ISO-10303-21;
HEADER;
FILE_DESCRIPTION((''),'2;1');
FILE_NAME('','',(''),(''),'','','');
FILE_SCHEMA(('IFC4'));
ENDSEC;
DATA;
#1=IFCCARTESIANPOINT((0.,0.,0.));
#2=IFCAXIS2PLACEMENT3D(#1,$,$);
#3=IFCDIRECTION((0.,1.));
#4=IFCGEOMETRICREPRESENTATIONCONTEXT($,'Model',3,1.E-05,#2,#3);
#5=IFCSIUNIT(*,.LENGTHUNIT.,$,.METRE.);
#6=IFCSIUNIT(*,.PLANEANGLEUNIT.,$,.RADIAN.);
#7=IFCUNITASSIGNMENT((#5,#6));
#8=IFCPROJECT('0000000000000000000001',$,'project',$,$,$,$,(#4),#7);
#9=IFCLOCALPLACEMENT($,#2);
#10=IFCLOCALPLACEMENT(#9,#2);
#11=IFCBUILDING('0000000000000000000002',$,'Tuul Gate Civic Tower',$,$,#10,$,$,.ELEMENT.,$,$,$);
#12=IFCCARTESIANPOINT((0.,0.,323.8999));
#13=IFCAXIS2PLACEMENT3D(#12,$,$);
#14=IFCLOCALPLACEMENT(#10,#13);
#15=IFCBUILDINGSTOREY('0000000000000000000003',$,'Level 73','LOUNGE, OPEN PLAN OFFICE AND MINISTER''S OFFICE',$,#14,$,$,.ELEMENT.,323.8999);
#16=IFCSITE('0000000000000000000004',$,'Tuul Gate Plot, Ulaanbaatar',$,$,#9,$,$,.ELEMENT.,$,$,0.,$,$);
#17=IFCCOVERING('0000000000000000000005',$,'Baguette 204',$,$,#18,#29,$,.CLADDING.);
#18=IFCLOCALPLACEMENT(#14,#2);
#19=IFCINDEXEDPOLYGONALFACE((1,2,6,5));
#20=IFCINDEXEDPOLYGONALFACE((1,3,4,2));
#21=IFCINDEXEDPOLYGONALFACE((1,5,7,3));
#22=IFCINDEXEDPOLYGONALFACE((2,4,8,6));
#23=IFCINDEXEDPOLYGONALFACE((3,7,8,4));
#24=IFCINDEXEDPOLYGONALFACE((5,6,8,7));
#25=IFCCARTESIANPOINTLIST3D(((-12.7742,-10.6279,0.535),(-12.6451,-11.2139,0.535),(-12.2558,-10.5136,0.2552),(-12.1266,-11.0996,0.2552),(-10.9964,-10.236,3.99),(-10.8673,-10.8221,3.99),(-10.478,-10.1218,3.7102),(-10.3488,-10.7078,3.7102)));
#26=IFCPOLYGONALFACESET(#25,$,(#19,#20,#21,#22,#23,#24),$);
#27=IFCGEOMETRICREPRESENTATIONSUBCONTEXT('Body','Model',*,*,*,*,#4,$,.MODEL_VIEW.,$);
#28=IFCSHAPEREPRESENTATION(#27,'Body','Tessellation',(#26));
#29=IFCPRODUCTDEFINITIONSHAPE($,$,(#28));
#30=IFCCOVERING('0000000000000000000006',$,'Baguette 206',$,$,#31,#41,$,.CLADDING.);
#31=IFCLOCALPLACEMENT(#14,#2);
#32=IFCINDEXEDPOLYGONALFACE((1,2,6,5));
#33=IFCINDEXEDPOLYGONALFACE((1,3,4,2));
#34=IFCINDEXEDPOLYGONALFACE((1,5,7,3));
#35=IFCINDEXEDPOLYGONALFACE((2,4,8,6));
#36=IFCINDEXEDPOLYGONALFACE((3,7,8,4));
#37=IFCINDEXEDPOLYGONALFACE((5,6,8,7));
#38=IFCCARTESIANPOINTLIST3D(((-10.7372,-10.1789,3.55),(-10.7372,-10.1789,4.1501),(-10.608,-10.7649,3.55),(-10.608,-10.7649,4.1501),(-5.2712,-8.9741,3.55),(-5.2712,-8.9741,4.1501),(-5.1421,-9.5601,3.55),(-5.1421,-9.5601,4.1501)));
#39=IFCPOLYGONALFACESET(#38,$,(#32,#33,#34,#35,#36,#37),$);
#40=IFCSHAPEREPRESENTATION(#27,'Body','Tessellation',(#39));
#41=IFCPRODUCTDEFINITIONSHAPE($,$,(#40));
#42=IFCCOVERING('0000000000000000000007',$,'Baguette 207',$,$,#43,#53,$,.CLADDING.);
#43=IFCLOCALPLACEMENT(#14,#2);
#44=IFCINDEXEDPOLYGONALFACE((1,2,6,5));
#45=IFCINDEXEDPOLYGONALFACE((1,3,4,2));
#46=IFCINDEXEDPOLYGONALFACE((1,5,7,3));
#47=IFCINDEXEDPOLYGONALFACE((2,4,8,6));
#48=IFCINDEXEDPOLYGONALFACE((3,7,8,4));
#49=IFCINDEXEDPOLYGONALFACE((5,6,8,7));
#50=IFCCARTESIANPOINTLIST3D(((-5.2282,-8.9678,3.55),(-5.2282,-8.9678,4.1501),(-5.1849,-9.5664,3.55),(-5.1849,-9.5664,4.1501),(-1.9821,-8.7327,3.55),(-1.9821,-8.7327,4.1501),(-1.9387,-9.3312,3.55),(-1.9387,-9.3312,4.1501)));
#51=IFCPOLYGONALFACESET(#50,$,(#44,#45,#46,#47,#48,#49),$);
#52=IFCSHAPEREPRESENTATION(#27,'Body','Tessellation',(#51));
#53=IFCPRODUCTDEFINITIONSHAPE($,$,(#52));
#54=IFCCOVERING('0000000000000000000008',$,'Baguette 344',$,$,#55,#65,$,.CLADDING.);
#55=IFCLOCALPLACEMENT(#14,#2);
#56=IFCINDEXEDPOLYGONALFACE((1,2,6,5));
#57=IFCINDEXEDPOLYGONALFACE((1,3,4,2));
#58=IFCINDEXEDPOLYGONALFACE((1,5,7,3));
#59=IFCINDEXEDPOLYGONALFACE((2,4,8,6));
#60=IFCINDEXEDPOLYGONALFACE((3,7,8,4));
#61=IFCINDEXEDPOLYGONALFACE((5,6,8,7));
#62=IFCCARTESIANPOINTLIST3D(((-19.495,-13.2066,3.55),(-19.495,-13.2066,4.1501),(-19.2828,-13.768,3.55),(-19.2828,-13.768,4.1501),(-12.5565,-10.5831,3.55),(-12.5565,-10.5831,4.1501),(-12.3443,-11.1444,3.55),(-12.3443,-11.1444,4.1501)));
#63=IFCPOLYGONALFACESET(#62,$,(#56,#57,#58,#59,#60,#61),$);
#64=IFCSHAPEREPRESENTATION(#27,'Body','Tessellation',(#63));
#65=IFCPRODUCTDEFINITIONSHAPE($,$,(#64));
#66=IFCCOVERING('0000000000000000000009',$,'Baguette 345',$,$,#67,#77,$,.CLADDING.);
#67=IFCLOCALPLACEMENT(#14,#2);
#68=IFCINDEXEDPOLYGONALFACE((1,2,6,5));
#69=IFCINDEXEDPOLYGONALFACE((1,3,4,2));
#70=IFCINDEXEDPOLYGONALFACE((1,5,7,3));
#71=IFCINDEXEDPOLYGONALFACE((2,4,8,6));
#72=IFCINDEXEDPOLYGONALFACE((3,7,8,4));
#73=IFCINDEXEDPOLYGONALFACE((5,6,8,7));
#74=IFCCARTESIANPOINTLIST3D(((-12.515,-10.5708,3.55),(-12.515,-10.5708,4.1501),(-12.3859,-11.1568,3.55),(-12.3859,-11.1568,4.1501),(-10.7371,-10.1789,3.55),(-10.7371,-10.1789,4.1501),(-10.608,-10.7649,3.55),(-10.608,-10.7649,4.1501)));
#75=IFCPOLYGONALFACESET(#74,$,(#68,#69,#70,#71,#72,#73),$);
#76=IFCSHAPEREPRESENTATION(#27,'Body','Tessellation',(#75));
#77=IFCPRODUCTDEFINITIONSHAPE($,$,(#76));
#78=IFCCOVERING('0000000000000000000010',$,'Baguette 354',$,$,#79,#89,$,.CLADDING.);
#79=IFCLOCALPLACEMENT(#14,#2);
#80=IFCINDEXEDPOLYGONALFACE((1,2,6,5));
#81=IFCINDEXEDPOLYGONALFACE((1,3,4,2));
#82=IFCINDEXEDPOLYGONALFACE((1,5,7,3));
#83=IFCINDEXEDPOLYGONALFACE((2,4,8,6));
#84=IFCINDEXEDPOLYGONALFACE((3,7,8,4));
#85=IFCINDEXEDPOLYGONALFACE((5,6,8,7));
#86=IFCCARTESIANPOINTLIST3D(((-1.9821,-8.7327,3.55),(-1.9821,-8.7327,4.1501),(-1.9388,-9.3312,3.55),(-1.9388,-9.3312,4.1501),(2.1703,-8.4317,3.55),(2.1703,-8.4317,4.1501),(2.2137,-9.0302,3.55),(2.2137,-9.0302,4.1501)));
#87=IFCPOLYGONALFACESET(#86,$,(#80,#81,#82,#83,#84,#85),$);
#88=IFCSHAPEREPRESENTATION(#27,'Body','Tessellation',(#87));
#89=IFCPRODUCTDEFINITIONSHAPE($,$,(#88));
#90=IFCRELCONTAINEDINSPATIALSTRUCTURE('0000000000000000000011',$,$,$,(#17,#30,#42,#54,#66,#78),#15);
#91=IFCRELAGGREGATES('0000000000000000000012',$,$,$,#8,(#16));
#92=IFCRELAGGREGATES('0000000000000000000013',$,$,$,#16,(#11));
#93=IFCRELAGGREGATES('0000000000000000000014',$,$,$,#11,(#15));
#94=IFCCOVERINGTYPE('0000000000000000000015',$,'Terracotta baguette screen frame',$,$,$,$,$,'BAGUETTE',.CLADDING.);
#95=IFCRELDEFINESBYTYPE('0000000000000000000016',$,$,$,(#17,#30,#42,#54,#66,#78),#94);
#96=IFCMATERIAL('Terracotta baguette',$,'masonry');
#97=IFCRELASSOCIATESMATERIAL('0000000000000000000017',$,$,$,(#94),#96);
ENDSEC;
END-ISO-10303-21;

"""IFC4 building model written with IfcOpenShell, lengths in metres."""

from ifc_helpers import new_model, si_unit, direction, frame, origin, origin_2d, place, context, subcontext, project, spatial, rectangle, extrude, material, material_profile, profile_set, type_object, element, save


model = new_model("IFC4")

# Units and contexts
model_context = context("Model", 3, precision=1e-05, world=origin(), true_north=direction((0.0, 1.0)))
body_context = subcontext(model_context, "Body", "Model", "MODEL_VIEW")
ifc_project = project(units=[si_unit("LENGTHUNIT", "METRE"), si_unit("PLANEANGLEUNIT", "RADIAN")], contexts=[model_context])

# Site, building, storey
site_placement = place(None, origin())
site = spatial("IfcSite", under=ifc_project, at=site_placement, Name="Tuul Gate Plot, Ulaanbaatar", CompositionType="ELEMENT", RefElevation=0.0)
building_placement = place(site_placement, origin())
building = spatial("IfcBuilding", under=site, at=building_placement, Name="Tuul Gate Civic Tower", CompositionType="ELEMENT")
storey_placement = place(building_placement, frame((0.0, 0.0, 323.8999)))
storey = spatial("IfcBuildingStorey", under=building, at=storey_placement, Name="Level 73", Description="LOUNGE, OPEN PLAN OFFICE AND MINISTER'S OFFICE", CompositionType="ELEMENT", Elevation=323.8999)

# Coverings
ifc_material_1 = material(Name="Terracotta baguette", Category="masonry")
ifc_material_profile_1 = material_profile(ifc_material_1, rectangle(XDim=0.6001, YDim=0.6001, at=origin_2d()), Name="Terracotta baguette screen frame")
ifc_profile_set_1 = profile_set([ifc_material_profile_1], Name="Terracotta baguette")
covering_type = type_object("IfcCoveringType", Name="Terracotta baguette screen frame", ElementType="BAGUETTE", PredefinedType="CLADDING", material=ifc_profile_set_1)
covering_1_placement = place(storey_placement, frame((-10.6726, -10.4719, 3.8501), z_axis=(-0.455229, -0.100335, -0.884703), x_axis=(0.21524, -0.976561, 0.0)))
element("IfcCovering", 1, at=covering_1_placement, inside=storey, type_object=covering_type, Name="Baguette 204", PredefinedType="CLADDING", context=body_context, shape_type="SweptSolid", body=[
    extrude(rectangle(XDim=0.6001, YDim=0.6001, at=origin_2d()), origin(), (0.0, 0.0, 1.0), 3.9053),
])
covering_2_placement = place(storey_placement, frame((-10.6726, -10.4719, 3.8501), z_axis=(0.976558, 0.215254, 0.0), x_axis=(-0.215254, 0.976558, 0.0)))
element("IfcCovering", 2, at=covering_2_placement, inside=storey, type_object=covering_type, Name="Baguette 206", PredefinedType="CLADDING", context=body_context, shape_type="SweptSolid", body=[
    extrude(rectangle(XDim=0.6001, YDim=0.6001, at=origin_2d()), origin(), (0.0, 0.0, 1.0), 5.5972),
])
covering_3_placement = place(storey_placement, frame((-5.2065, -9.2671, 3.8501), z_axis=(0.997387, 0.072239, 0.0), x_axis=(-0.072239, 0.997387, 0.0)))
element("IfcCovering", 3, at=covering_3_placement, inside=storey, type_object=covering_type, Name="Baguette 207", PredefinedType="CLADDING", context=body_context, shape_type="SweptSolid", body=[
    extrude(rectangle(XDim=0.6001, YDim=0.6001, at=origin_2d()), origin(), (0.0, 0.0, 1.0), 3.2546),
])
covering_4_placement = place(storey_placement, frame((-19.3889, -13.4873, 3.8501), z_axis=(0.935368, 0.353676, 0.0), x_axis=(-0.353676, 0.935368, 0.0)))
element("IfcCovering", 4, at=covering_4_placement, inside=storey, type_object=covering_type, Name="Baguette 344", PredefinedType="CLADDING", context=body_context, shape_type="SweptSolid", body=[
    extrude(rectangle(XDim=0.6001, YDim=0.6001, at=origin_2d()), origin(), (0.0, 0.0, 1.0), 7.418),
])
covering_5_placement = place(storey_placement, frame((-12.4504, -10.8638, 3.8501), z_axis=(0.976561, 0.21524, 0.0), x_axis=(-0.21524, 0.976561, 0.0)))
element("IfcCovering", 5, at=covering_5_placement, inside=storey, type_object=covering_type, Name="Baguette 345", PredefinedType="CLADDING", context=body_context, shape_type="SweptSolid", body=[
    extrude(rectangle(XDim=0.6001, YDim=0.6001, at=origin_2d()), origin(), (0.0, 0.0, 1.0), 1.8206),
])
covering_6_placement = place(storey_placement, frame((-1.9604, -9.032, 3.8501), z_axis=(0.997383, 0.072306, 0.0), x_axis=(-0.072306, 0.997383, 0.0)))
element("IfcCovering", 6, at=covering_6_placement, inside=storey, type_object=covering_type, Name="Baguette 354", PredefinedType="CLADDING", context=body_context, shape_type="SweptSolid", body=[
    extrude(rectangle(XDim=0.6001, YDim=0.6001, at=origin_2d()), origin(), (0.0, 0.0, 1.0), 4.1633),
])

save(model, "model.ifc")
